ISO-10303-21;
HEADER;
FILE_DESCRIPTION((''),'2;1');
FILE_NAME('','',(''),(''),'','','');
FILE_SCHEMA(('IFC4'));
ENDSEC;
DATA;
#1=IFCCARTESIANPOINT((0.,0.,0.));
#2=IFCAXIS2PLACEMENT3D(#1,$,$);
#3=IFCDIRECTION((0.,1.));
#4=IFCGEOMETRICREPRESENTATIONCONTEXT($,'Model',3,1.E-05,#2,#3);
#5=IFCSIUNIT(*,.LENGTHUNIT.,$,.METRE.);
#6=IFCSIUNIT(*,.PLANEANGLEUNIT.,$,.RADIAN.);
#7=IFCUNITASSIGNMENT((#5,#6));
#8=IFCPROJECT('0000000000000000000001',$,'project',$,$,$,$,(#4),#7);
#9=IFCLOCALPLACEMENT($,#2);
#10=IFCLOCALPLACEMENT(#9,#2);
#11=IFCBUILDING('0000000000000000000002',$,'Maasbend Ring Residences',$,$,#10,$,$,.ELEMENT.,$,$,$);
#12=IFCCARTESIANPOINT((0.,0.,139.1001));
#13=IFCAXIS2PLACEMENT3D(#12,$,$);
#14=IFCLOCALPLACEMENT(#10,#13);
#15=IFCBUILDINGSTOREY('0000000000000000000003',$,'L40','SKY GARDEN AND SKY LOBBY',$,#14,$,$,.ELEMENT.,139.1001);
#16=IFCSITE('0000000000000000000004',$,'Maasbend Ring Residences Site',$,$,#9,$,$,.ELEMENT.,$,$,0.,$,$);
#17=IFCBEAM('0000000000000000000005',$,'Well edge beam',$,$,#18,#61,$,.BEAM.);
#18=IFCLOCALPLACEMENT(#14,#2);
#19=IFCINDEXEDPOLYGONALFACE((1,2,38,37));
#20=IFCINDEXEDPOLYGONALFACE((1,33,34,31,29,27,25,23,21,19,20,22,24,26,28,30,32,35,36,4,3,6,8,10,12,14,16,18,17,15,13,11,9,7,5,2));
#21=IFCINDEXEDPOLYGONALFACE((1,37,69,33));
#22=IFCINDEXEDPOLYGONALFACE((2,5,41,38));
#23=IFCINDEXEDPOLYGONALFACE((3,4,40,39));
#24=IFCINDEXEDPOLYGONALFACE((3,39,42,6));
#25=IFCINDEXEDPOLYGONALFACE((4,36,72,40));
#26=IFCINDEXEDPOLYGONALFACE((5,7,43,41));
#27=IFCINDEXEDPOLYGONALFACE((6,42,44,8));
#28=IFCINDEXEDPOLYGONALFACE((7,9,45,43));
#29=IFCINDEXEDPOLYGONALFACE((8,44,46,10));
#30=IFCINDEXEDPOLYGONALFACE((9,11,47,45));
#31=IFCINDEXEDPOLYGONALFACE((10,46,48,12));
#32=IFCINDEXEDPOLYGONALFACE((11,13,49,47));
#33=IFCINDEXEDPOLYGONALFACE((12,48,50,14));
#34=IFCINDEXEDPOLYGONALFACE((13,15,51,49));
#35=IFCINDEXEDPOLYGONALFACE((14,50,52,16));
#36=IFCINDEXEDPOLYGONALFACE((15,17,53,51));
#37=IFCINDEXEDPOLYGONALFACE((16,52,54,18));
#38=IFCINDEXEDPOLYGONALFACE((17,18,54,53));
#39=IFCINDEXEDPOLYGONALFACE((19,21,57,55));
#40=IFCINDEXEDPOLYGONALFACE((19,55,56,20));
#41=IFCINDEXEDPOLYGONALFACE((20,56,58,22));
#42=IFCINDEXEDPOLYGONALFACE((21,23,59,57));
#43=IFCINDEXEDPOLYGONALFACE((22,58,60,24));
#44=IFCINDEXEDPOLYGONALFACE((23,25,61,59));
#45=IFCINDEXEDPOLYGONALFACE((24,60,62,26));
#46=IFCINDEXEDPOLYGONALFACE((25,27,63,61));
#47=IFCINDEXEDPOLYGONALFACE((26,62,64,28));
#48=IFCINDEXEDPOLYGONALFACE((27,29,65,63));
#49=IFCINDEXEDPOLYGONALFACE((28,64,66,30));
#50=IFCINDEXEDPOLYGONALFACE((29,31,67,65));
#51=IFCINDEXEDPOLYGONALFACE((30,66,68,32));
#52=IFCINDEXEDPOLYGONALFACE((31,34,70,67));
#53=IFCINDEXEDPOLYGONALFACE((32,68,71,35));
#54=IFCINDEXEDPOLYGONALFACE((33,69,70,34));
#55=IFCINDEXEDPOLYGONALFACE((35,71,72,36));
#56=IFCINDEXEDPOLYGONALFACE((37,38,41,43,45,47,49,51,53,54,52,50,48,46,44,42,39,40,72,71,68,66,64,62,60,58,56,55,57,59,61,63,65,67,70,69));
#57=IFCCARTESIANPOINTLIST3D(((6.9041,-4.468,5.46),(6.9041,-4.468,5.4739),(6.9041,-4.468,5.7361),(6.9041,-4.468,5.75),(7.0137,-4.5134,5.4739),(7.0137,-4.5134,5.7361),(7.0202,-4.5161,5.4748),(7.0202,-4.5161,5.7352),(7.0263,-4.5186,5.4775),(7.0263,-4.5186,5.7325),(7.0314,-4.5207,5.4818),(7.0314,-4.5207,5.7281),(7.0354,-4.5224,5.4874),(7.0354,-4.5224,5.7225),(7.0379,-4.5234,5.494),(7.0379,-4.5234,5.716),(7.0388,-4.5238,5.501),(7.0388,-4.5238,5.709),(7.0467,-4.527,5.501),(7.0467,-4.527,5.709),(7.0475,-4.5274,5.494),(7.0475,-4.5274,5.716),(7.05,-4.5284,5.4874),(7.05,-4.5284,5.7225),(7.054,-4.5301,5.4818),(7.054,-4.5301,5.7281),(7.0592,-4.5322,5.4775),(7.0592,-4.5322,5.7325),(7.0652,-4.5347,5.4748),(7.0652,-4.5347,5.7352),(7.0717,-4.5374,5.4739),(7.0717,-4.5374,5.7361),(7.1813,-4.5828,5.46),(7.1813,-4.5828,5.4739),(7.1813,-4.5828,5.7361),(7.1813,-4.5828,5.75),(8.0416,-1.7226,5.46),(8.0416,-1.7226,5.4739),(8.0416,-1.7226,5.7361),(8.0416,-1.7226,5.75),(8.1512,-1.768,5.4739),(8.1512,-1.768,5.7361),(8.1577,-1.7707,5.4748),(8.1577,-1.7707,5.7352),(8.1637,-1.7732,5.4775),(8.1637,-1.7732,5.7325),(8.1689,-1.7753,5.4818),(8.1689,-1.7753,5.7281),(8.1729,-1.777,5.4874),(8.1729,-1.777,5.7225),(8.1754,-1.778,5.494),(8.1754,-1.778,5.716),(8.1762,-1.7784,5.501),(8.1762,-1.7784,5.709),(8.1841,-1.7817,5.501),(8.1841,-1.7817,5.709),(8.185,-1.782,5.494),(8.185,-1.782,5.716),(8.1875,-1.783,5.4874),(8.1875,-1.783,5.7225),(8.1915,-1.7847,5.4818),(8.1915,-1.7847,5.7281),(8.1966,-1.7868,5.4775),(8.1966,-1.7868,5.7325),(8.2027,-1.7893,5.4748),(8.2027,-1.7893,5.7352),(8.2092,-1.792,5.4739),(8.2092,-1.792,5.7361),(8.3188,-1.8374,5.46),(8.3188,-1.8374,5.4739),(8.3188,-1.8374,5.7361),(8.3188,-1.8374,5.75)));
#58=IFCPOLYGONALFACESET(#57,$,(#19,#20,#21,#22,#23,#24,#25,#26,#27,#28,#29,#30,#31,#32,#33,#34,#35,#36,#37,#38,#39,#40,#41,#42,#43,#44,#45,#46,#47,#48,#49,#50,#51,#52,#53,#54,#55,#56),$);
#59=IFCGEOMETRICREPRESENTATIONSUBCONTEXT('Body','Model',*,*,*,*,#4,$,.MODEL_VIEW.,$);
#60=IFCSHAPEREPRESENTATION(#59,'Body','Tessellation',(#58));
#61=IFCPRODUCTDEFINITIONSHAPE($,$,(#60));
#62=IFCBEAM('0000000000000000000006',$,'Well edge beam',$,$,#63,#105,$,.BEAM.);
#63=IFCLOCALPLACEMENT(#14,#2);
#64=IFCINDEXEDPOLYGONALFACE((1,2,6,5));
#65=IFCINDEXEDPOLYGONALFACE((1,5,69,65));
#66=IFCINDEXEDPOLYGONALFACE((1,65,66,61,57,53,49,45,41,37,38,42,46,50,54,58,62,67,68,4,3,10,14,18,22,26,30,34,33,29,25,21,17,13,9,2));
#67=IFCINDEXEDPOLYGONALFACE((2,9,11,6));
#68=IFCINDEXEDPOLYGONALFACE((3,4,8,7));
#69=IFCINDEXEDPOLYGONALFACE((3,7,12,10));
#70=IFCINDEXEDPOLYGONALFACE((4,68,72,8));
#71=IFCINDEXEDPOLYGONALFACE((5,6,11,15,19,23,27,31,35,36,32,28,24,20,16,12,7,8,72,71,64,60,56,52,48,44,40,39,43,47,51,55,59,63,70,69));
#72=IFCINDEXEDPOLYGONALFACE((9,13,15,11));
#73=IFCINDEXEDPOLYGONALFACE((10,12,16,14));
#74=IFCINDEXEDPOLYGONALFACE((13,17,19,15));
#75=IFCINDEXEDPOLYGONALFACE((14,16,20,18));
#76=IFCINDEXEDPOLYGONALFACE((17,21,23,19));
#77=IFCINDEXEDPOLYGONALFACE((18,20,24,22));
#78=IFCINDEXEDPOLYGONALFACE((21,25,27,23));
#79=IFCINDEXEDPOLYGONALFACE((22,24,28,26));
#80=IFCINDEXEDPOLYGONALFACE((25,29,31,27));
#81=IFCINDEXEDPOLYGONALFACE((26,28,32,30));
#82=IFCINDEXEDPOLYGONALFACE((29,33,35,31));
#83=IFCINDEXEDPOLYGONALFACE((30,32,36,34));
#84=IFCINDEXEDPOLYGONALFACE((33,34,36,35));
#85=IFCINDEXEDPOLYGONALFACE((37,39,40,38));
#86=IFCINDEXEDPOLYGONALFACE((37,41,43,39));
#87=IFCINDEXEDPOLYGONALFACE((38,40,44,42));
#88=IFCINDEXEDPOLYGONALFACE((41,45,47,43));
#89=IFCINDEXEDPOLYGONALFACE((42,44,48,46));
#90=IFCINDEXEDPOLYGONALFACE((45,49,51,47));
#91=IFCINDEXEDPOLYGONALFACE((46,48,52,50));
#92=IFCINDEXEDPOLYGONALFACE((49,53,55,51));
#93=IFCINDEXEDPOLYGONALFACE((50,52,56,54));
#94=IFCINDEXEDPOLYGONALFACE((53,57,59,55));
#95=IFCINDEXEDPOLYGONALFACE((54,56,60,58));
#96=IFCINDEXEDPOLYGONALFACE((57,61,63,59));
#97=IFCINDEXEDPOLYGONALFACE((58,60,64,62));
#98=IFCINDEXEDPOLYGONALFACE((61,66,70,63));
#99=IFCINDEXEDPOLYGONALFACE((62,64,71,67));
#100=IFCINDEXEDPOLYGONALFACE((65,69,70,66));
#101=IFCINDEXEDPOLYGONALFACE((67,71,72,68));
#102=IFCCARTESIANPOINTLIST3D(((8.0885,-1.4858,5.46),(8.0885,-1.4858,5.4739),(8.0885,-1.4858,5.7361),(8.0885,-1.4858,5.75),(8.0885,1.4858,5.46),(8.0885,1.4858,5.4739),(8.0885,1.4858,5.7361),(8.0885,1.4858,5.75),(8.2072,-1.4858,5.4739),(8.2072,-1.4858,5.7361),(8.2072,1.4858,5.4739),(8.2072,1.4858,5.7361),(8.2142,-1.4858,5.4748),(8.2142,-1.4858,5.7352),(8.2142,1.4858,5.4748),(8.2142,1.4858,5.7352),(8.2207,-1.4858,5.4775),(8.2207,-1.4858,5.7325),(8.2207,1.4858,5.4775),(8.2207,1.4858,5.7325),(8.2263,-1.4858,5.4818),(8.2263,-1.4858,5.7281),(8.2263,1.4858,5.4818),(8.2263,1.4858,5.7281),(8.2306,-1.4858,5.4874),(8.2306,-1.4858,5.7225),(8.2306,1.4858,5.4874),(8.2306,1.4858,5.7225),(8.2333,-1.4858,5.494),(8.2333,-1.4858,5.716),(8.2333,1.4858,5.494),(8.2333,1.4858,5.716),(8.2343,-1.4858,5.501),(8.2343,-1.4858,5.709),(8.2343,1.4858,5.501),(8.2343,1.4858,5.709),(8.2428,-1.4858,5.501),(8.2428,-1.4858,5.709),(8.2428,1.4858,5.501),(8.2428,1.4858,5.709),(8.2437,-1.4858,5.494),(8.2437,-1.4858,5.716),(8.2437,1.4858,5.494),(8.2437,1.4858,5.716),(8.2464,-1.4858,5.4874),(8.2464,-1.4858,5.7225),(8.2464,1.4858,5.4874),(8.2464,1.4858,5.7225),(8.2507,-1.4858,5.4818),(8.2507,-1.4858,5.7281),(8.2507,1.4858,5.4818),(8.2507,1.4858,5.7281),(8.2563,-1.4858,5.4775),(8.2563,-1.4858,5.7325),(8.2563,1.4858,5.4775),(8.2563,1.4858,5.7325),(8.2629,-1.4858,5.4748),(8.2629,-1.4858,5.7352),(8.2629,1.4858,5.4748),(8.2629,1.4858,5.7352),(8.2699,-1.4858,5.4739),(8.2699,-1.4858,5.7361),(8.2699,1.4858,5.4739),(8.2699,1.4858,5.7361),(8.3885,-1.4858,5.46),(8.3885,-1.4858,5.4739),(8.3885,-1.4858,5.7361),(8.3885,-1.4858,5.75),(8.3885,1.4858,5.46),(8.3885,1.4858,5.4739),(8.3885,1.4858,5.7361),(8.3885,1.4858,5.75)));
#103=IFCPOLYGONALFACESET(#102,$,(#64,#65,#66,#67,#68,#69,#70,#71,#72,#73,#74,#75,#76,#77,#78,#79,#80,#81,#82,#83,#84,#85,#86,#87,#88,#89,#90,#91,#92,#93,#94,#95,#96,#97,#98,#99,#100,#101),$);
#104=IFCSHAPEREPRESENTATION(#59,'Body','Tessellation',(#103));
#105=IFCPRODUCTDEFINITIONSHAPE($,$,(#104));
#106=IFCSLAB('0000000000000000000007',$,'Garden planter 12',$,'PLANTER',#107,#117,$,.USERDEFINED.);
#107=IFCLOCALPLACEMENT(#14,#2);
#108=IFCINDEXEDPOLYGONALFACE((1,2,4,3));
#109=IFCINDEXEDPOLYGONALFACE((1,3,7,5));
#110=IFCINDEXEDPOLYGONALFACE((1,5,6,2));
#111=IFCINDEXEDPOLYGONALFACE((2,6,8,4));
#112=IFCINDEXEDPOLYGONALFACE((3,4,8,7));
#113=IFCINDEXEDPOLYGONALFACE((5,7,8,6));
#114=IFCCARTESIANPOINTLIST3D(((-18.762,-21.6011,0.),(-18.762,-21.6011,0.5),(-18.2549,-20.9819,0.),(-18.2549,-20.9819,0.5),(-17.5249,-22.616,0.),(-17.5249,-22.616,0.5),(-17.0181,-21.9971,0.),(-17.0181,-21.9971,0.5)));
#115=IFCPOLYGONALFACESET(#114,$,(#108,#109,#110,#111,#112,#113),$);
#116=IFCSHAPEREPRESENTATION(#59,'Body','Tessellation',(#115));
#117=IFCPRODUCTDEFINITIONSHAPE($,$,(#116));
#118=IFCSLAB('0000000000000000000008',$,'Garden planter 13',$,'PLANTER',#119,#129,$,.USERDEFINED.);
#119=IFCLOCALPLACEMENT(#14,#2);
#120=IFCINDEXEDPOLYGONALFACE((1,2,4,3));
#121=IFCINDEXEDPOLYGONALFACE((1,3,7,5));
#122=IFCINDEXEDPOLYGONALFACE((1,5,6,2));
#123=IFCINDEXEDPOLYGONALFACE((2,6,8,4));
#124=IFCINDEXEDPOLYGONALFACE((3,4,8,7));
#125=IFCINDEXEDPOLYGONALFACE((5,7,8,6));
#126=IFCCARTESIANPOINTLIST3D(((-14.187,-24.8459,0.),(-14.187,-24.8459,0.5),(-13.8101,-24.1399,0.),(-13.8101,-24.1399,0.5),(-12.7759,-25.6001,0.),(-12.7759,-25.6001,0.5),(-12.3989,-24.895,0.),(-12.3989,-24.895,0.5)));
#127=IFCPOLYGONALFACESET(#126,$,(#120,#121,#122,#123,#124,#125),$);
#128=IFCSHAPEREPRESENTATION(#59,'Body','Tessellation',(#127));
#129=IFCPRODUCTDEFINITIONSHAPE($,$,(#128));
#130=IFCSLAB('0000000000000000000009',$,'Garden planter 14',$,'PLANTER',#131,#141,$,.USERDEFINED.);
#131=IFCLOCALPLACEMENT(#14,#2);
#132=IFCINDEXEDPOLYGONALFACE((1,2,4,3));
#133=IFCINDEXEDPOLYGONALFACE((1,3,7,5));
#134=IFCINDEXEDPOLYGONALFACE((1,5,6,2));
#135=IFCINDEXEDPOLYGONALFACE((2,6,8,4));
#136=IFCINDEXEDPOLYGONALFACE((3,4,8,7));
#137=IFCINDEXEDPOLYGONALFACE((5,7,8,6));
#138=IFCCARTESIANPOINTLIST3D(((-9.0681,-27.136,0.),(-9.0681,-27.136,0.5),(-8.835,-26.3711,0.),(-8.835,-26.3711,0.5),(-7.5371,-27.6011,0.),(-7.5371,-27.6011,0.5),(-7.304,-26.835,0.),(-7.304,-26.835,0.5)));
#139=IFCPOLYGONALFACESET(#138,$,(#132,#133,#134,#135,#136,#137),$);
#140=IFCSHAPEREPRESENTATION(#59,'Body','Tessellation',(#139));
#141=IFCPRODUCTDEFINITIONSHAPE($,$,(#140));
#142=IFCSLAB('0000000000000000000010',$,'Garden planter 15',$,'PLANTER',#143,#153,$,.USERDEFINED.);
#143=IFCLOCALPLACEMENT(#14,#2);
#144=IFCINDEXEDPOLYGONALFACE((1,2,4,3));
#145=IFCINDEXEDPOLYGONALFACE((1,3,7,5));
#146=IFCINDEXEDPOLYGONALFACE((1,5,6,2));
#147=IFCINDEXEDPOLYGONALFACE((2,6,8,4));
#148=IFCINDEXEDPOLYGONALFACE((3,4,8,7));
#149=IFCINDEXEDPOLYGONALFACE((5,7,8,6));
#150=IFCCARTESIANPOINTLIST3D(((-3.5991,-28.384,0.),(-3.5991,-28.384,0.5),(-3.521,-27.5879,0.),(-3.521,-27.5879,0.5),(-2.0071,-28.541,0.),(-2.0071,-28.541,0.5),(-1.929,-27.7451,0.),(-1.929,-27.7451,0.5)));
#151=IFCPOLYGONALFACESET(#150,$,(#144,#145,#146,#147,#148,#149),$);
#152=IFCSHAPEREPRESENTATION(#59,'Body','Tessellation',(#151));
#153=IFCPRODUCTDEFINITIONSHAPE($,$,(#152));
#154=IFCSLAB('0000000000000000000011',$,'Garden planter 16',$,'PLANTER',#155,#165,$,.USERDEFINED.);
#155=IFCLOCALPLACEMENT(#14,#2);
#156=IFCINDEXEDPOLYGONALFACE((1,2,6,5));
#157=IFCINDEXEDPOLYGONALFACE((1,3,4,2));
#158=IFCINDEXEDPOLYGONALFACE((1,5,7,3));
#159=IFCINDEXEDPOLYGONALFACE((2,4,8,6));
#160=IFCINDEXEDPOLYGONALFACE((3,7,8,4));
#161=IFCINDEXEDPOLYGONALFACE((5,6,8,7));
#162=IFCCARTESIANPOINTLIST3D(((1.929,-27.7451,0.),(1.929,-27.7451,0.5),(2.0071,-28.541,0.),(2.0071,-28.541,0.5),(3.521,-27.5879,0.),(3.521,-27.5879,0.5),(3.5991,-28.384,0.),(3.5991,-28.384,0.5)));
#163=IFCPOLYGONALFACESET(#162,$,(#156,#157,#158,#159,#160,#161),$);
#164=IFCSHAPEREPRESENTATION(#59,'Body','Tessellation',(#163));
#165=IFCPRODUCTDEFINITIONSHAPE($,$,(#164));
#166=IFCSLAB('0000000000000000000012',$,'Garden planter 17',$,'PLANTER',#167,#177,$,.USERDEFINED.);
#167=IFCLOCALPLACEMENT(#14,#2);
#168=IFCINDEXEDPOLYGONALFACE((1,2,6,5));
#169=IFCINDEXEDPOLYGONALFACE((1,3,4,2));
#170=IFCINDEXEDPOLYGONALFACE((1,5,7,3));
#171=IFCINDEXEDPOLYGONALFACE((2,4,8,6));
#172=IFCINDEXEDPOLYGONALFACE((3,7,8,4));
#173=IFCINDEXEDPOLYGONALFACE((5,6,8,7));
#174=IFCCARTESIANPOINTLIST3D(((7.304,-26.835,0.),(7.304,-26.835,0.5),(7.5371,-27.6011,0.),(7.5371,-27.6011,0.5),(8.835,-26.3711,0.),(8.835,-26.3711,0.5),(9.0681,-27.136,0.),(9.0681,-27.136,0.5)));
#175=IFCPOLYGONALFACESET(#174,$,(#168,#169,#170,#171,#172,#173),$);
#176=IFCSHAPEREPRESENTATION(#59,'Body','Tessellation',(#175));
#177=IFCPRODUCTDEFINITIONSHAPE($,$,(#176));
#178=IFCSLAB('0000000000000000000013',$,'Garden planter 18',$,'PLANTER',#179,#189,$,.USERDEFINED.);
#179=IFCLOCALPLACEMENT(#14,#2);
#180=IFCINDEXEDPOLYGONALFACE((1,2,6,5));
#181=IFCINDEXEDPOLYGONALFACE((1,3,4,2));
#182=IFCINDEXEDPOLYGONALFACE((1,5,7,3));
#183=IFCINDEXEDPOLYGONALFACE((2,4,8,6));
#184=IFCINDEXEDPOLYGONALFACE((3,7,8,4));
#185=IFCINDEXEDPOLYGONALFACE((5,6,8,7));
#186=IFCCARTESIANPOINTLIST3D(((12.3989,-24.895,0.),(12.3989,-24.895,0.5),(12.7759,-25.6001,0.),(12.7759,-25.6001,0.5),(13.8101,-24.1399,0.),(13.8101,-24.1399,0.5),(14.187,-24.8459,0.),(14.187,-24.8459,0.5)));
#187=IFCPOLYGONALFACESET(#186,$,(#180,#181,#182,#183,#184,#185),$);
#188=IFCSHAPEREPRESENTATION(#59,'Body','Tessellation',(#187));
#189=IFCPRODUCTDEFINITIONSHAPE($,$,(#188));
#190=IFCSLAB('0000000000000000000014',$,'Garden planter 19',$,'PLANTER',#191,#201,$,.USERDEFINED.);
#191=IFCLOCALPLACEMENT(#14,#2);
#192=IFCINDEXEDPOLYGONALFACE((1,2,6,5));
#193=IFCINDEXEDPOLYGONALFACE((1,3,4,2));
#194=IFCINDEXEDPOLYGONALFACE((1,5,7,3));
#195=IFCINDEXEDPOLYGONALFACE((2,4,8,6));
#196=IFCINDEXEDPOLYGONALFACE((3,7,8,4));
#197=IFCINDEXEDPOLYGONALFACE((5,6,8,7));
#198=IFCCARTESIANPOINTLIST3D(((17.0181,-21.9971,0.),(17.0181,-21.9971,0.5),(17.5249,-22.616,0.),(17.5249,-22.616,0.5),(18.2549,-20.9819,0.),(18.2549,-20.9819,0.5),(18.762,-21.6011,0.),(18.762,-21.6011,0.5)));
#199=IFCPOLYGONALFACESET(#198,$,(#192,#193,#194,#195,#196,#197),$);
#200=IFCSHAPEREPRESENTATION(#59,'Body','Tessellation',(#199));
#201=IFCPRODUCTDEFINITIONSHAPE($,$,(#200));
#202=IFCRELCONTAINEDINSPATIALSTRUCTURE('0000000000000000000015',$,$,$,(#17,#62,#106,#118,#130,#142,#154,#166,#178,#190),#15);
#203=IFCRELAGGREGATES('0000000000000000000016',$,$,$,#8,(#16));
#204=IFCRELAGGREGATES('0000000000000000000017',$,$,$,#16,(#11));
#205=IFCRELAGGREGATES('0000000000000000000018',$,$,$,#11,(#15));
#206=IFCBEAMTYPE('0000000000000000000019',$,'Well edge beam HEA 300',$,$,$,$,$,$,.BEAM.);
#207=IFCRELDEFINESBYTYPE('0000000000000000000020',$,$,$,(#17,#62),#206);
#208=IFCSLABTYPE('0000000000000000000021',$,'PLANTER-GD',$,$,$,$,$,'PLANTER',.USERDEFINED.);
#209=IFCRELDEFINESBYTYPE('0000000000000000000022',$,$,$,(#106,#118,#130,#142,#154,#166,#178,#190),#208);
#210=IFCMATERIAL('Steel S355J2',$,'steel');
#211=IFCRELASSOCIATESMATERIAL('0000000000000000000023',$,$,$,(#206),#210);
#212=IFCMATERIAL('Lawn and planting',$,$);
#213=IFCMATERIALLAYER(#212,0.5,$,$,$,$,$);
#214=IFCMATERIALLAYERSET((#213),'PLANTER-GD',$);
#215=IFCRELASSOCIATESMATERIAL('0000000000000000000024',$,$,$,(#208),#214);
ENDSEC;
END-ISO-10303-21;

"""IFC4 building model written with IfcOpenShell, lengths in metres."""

from ifc_helpers import new_model, si_unit, direction, frame, origin, origin_2d, place, context, subcontext, project, spatial, polyline, i_section, outline, extrude, material, layer, layer_set, material_profile, profile_set, type_object, element, save


model = new_model("IFC4")

# Units and contexts
model_context = context("Model", 3, precision=1e-05, world=origin(), true_north=direction((0.0, 1.0)))
body_context = subcontext(model_context, "Body", "Model", "MODEL_VIEW")
ifc_project = project(units=[si_unit("LENGTHUNIT", "METRE"), si_unit("PLANEANGLEUNIT", "RADIAN")], contexts=[model_context])

# Site, building, storey
site_placement = place(None, origin())
site = spatial("IfcSite", under=ifc_project, at=site_placement, Name="Maasbend Ring Residences Site", CompositionType="ELEMENT", RefElevation=0.0)
building_placement = place(site_placement, origin())
building = spatial("IfcBuilding", under=site, at=building_placement, Name="Maasbend Ring Residences", CompositionType="ELEMENT")
storey_placement = place(building_placement, frame((0.0, 0.0, 139.1001)))
storey = spatial("IfcBuildingStorey", under=building, at=storey_placement, Name="L40", Description="SKY GARDEN AND SKY LOBBY", CompositionType="ELEMENT", Elevation=139.1001)

# Beams
ifc_material_1 = material(Name="Steel S355J2", Category="steel")
ifc_material_profile_1 = material_profile(ifc_material_1, i_section(OverallWidth=0.3, OverallDepth=0.29, WebThickness=0.0085, FlangeThickness=0.0139, FilletRadius=0.0271, at=origin_2d()), Name="HEA 300")
ifc_profile_set_1 = profile_set([ifc_material_profile_1], Name="Steel S355J2")
beam_type = type_object("IfcBeamType", Name="Well edge beam HEA 300", PredefinedType="BEAM", material=ifc_profile_set_1)
for number, where, z_axis, x_axis, name in (
    (1, (7.0427, -4.5254, 5.605), (0.382765, 0.923846, 0.0), (-0.923846, 0.382765, 0.0), "Well edge beam"),
    (2, (8.2385, -1.4858, 5.605), (0.0, 1.0, 0.0), (-1.0, 0.0, 0.0), "Well edge beam"),
):
    element("IfcBeam", number, at=place(storey_placement, frame(where, z_axis=z_axis, x_axis=x_axis)), inside=storey, type_object=beam_type, Name=name, PredefinedType="BEAM", context=body_context, shape_type="SweptSolid", body=[
        extrude(i_section(OverallWidth=0.3, OverallDepth=0.29, WebThickness=0.0085, FlangeThickness=0.0139, FilletRadius=0.0271, at=origin_2d()), origin(), (0.0, 0.0, 1.0), 2.9717),
    ])

# Slabs
ifc_material_2 = material(Name="Lawn and planting")
ifc_layer_1 = layer(ifc_material_2, 0.5)
ifc_layer_set_1 = layer_set([ifc_layer_1], Name="PLANTER-GD")
slab_type_1 = type_object("IfcSlabType", Name="PLANTER-GD", ElementType="PLANTER", PredefinedType="USERDEFINED", material=ifc_layer_set_1)
slab_1_placement = place(storey_placement, origin())
element("IfcSlab", 3, at=slab_1_placement, inside=storey, type_object=slab_type_1, Name="Garden planter 12", ObjectType="PLANTER", PredefinedType="USERDEFINED", context=body_context, shape_type="SweptSolid", body=[
    extrude(outline(polyline([(-18.762, -21.6011), (-17.5249, -22.616), (-17.0181, -21.9971), (-18.2549, -20.9819), (-18.762, -21.6011)])), origin(), (0.0, 0.0, 1.0), 0.5),
])
slab_2_placement = place(storey_placement, origin())
element("IfcSlab", 4, at=slab_2_placement, inside=storey, type_object=slab_type_1, Name="Garden planter 13", ObjectType="PLANTER", PredefinedType="USERDEFINED", context=body_context, shape_type="SweptSolid", body=[
    extrude(outline(polyline([(-14.187, -24.8459), (-12.7759, -25.6001), (-12.3989, -24.895), (-13.8101, -24.1399), (-14.187, -24.8459)])), origin(), (0.0, 0.0, 1.0), 0.5),
])
slab_3_placement = place(storey_placement, origin())
element("IfcSlab", 5, at=slab_3_placement, inside=storey, type_object=slab_type_1, Name="Garden planter 14", ObjectType="PLANTER", PredefinedType="USERDEFINED", context=body_context, shape_type="SweptSolid", body=[
    extrude(outline(polyline([(-9.0681, -27.136), (-7.5371, -27.6011), (-7.304, -26.835), (-8.835, -26.3711), (-9.0681, -27.136)])), origin(), (0.0, 0.0, 1.0), 0.5),
])
slab_4_placement = place(storey_placement, origin())
element("IfcSlab", 6, at=slab_4_placement, inside=storey, type_object=slab_type_1, Name="Garden planter 15", ObjectType="PLANTER", PredefinedType="USERDEFINED", context=body_context, shape_type="SweptSolid", body=[
    extrude(outline(polyline([(-3.5991, -28.384), (-2.0071, -28.541), (-1.929, -27.7451), (-3.521, -27.5879), (-3.5991, -28.384)])), origin(), (0.0, 0.0, 1.0), 0.5),
])
slab_5_placement = place(storey_placement, origin())
element("IfcSlab", 7, at=slab_5_placement, inside=storey, type_object=slab_type_1, Name="Garden planter 16", ObjectType="PLANTER", PredefinedType="USERDEFINED", context=body_context, shape_type="SweptSolid", body=[
    extrude(outline(polyline([(2.0071, -28.541), (3.5991, -28.384), (3.521, -27.5879), (1.929, -27.7451), (2.0071, -28.541)])), origin(), (0.0, 0.0, 1.0), 0.5),
])
slab_6_placement = place(storey_placement, origin())
element("IfcSlab", 8, at=slab_6_placement, inside=storey, type_object=slab_type_1, Name="Garden planter 17", ObjectType="PLANTER", PredefinedType="USERDEFINED", context=body_context, shape_type="SweptSolid", body=[
    extrude(outline(polyline([(7.5371, -27.6011), (9.0681, -27.136), (8.835, -26.3711), (7.304, -26.835), (7.5371, -27.6011)])), origin(), (0.0, 0.0, 1.0), 0.5),
])
slab_7_placement = place(storey_placement, origin())
element("IfcSlab", 9, at=slab_7_placement, inside=storey, type_object=slab_type_1, Name="Garden planter 18", ObjectType="PLANTER", PredefinedType="USERDEFINED", context=body_context, shape_type="SweptSolid", body=[
    extrude(outline(polyline([(12.7759, -25.6001), (14.187, -24.8459), (13.8101, -24.1399), (12.3989, -24.895), (12.7759, -25.6001)])), origin(), (0.0, 0.0, 1.0), 0.5),
])
slab_8_placement = place(storey_placement, origin())
element("IfcSlab", 10, at=slab_8_placement, inside=storey, type_object=slab_type_1, Name="Garden planter 19", ObjectType="PLANTER", PredefinedType="USERDEFINED", context=body_context, shape_type="SweptSolid", body=[
    extrude(outline(polyline([(17.5249, -22.616), (18.762, -21.6011), (18.2549, -20.9819), (17.0181, -21.9971), (17.5249, -22.616)])), origin(), (0.0, 0.0, 1.0), 0.5),
])

save(model, "model.ifc")
